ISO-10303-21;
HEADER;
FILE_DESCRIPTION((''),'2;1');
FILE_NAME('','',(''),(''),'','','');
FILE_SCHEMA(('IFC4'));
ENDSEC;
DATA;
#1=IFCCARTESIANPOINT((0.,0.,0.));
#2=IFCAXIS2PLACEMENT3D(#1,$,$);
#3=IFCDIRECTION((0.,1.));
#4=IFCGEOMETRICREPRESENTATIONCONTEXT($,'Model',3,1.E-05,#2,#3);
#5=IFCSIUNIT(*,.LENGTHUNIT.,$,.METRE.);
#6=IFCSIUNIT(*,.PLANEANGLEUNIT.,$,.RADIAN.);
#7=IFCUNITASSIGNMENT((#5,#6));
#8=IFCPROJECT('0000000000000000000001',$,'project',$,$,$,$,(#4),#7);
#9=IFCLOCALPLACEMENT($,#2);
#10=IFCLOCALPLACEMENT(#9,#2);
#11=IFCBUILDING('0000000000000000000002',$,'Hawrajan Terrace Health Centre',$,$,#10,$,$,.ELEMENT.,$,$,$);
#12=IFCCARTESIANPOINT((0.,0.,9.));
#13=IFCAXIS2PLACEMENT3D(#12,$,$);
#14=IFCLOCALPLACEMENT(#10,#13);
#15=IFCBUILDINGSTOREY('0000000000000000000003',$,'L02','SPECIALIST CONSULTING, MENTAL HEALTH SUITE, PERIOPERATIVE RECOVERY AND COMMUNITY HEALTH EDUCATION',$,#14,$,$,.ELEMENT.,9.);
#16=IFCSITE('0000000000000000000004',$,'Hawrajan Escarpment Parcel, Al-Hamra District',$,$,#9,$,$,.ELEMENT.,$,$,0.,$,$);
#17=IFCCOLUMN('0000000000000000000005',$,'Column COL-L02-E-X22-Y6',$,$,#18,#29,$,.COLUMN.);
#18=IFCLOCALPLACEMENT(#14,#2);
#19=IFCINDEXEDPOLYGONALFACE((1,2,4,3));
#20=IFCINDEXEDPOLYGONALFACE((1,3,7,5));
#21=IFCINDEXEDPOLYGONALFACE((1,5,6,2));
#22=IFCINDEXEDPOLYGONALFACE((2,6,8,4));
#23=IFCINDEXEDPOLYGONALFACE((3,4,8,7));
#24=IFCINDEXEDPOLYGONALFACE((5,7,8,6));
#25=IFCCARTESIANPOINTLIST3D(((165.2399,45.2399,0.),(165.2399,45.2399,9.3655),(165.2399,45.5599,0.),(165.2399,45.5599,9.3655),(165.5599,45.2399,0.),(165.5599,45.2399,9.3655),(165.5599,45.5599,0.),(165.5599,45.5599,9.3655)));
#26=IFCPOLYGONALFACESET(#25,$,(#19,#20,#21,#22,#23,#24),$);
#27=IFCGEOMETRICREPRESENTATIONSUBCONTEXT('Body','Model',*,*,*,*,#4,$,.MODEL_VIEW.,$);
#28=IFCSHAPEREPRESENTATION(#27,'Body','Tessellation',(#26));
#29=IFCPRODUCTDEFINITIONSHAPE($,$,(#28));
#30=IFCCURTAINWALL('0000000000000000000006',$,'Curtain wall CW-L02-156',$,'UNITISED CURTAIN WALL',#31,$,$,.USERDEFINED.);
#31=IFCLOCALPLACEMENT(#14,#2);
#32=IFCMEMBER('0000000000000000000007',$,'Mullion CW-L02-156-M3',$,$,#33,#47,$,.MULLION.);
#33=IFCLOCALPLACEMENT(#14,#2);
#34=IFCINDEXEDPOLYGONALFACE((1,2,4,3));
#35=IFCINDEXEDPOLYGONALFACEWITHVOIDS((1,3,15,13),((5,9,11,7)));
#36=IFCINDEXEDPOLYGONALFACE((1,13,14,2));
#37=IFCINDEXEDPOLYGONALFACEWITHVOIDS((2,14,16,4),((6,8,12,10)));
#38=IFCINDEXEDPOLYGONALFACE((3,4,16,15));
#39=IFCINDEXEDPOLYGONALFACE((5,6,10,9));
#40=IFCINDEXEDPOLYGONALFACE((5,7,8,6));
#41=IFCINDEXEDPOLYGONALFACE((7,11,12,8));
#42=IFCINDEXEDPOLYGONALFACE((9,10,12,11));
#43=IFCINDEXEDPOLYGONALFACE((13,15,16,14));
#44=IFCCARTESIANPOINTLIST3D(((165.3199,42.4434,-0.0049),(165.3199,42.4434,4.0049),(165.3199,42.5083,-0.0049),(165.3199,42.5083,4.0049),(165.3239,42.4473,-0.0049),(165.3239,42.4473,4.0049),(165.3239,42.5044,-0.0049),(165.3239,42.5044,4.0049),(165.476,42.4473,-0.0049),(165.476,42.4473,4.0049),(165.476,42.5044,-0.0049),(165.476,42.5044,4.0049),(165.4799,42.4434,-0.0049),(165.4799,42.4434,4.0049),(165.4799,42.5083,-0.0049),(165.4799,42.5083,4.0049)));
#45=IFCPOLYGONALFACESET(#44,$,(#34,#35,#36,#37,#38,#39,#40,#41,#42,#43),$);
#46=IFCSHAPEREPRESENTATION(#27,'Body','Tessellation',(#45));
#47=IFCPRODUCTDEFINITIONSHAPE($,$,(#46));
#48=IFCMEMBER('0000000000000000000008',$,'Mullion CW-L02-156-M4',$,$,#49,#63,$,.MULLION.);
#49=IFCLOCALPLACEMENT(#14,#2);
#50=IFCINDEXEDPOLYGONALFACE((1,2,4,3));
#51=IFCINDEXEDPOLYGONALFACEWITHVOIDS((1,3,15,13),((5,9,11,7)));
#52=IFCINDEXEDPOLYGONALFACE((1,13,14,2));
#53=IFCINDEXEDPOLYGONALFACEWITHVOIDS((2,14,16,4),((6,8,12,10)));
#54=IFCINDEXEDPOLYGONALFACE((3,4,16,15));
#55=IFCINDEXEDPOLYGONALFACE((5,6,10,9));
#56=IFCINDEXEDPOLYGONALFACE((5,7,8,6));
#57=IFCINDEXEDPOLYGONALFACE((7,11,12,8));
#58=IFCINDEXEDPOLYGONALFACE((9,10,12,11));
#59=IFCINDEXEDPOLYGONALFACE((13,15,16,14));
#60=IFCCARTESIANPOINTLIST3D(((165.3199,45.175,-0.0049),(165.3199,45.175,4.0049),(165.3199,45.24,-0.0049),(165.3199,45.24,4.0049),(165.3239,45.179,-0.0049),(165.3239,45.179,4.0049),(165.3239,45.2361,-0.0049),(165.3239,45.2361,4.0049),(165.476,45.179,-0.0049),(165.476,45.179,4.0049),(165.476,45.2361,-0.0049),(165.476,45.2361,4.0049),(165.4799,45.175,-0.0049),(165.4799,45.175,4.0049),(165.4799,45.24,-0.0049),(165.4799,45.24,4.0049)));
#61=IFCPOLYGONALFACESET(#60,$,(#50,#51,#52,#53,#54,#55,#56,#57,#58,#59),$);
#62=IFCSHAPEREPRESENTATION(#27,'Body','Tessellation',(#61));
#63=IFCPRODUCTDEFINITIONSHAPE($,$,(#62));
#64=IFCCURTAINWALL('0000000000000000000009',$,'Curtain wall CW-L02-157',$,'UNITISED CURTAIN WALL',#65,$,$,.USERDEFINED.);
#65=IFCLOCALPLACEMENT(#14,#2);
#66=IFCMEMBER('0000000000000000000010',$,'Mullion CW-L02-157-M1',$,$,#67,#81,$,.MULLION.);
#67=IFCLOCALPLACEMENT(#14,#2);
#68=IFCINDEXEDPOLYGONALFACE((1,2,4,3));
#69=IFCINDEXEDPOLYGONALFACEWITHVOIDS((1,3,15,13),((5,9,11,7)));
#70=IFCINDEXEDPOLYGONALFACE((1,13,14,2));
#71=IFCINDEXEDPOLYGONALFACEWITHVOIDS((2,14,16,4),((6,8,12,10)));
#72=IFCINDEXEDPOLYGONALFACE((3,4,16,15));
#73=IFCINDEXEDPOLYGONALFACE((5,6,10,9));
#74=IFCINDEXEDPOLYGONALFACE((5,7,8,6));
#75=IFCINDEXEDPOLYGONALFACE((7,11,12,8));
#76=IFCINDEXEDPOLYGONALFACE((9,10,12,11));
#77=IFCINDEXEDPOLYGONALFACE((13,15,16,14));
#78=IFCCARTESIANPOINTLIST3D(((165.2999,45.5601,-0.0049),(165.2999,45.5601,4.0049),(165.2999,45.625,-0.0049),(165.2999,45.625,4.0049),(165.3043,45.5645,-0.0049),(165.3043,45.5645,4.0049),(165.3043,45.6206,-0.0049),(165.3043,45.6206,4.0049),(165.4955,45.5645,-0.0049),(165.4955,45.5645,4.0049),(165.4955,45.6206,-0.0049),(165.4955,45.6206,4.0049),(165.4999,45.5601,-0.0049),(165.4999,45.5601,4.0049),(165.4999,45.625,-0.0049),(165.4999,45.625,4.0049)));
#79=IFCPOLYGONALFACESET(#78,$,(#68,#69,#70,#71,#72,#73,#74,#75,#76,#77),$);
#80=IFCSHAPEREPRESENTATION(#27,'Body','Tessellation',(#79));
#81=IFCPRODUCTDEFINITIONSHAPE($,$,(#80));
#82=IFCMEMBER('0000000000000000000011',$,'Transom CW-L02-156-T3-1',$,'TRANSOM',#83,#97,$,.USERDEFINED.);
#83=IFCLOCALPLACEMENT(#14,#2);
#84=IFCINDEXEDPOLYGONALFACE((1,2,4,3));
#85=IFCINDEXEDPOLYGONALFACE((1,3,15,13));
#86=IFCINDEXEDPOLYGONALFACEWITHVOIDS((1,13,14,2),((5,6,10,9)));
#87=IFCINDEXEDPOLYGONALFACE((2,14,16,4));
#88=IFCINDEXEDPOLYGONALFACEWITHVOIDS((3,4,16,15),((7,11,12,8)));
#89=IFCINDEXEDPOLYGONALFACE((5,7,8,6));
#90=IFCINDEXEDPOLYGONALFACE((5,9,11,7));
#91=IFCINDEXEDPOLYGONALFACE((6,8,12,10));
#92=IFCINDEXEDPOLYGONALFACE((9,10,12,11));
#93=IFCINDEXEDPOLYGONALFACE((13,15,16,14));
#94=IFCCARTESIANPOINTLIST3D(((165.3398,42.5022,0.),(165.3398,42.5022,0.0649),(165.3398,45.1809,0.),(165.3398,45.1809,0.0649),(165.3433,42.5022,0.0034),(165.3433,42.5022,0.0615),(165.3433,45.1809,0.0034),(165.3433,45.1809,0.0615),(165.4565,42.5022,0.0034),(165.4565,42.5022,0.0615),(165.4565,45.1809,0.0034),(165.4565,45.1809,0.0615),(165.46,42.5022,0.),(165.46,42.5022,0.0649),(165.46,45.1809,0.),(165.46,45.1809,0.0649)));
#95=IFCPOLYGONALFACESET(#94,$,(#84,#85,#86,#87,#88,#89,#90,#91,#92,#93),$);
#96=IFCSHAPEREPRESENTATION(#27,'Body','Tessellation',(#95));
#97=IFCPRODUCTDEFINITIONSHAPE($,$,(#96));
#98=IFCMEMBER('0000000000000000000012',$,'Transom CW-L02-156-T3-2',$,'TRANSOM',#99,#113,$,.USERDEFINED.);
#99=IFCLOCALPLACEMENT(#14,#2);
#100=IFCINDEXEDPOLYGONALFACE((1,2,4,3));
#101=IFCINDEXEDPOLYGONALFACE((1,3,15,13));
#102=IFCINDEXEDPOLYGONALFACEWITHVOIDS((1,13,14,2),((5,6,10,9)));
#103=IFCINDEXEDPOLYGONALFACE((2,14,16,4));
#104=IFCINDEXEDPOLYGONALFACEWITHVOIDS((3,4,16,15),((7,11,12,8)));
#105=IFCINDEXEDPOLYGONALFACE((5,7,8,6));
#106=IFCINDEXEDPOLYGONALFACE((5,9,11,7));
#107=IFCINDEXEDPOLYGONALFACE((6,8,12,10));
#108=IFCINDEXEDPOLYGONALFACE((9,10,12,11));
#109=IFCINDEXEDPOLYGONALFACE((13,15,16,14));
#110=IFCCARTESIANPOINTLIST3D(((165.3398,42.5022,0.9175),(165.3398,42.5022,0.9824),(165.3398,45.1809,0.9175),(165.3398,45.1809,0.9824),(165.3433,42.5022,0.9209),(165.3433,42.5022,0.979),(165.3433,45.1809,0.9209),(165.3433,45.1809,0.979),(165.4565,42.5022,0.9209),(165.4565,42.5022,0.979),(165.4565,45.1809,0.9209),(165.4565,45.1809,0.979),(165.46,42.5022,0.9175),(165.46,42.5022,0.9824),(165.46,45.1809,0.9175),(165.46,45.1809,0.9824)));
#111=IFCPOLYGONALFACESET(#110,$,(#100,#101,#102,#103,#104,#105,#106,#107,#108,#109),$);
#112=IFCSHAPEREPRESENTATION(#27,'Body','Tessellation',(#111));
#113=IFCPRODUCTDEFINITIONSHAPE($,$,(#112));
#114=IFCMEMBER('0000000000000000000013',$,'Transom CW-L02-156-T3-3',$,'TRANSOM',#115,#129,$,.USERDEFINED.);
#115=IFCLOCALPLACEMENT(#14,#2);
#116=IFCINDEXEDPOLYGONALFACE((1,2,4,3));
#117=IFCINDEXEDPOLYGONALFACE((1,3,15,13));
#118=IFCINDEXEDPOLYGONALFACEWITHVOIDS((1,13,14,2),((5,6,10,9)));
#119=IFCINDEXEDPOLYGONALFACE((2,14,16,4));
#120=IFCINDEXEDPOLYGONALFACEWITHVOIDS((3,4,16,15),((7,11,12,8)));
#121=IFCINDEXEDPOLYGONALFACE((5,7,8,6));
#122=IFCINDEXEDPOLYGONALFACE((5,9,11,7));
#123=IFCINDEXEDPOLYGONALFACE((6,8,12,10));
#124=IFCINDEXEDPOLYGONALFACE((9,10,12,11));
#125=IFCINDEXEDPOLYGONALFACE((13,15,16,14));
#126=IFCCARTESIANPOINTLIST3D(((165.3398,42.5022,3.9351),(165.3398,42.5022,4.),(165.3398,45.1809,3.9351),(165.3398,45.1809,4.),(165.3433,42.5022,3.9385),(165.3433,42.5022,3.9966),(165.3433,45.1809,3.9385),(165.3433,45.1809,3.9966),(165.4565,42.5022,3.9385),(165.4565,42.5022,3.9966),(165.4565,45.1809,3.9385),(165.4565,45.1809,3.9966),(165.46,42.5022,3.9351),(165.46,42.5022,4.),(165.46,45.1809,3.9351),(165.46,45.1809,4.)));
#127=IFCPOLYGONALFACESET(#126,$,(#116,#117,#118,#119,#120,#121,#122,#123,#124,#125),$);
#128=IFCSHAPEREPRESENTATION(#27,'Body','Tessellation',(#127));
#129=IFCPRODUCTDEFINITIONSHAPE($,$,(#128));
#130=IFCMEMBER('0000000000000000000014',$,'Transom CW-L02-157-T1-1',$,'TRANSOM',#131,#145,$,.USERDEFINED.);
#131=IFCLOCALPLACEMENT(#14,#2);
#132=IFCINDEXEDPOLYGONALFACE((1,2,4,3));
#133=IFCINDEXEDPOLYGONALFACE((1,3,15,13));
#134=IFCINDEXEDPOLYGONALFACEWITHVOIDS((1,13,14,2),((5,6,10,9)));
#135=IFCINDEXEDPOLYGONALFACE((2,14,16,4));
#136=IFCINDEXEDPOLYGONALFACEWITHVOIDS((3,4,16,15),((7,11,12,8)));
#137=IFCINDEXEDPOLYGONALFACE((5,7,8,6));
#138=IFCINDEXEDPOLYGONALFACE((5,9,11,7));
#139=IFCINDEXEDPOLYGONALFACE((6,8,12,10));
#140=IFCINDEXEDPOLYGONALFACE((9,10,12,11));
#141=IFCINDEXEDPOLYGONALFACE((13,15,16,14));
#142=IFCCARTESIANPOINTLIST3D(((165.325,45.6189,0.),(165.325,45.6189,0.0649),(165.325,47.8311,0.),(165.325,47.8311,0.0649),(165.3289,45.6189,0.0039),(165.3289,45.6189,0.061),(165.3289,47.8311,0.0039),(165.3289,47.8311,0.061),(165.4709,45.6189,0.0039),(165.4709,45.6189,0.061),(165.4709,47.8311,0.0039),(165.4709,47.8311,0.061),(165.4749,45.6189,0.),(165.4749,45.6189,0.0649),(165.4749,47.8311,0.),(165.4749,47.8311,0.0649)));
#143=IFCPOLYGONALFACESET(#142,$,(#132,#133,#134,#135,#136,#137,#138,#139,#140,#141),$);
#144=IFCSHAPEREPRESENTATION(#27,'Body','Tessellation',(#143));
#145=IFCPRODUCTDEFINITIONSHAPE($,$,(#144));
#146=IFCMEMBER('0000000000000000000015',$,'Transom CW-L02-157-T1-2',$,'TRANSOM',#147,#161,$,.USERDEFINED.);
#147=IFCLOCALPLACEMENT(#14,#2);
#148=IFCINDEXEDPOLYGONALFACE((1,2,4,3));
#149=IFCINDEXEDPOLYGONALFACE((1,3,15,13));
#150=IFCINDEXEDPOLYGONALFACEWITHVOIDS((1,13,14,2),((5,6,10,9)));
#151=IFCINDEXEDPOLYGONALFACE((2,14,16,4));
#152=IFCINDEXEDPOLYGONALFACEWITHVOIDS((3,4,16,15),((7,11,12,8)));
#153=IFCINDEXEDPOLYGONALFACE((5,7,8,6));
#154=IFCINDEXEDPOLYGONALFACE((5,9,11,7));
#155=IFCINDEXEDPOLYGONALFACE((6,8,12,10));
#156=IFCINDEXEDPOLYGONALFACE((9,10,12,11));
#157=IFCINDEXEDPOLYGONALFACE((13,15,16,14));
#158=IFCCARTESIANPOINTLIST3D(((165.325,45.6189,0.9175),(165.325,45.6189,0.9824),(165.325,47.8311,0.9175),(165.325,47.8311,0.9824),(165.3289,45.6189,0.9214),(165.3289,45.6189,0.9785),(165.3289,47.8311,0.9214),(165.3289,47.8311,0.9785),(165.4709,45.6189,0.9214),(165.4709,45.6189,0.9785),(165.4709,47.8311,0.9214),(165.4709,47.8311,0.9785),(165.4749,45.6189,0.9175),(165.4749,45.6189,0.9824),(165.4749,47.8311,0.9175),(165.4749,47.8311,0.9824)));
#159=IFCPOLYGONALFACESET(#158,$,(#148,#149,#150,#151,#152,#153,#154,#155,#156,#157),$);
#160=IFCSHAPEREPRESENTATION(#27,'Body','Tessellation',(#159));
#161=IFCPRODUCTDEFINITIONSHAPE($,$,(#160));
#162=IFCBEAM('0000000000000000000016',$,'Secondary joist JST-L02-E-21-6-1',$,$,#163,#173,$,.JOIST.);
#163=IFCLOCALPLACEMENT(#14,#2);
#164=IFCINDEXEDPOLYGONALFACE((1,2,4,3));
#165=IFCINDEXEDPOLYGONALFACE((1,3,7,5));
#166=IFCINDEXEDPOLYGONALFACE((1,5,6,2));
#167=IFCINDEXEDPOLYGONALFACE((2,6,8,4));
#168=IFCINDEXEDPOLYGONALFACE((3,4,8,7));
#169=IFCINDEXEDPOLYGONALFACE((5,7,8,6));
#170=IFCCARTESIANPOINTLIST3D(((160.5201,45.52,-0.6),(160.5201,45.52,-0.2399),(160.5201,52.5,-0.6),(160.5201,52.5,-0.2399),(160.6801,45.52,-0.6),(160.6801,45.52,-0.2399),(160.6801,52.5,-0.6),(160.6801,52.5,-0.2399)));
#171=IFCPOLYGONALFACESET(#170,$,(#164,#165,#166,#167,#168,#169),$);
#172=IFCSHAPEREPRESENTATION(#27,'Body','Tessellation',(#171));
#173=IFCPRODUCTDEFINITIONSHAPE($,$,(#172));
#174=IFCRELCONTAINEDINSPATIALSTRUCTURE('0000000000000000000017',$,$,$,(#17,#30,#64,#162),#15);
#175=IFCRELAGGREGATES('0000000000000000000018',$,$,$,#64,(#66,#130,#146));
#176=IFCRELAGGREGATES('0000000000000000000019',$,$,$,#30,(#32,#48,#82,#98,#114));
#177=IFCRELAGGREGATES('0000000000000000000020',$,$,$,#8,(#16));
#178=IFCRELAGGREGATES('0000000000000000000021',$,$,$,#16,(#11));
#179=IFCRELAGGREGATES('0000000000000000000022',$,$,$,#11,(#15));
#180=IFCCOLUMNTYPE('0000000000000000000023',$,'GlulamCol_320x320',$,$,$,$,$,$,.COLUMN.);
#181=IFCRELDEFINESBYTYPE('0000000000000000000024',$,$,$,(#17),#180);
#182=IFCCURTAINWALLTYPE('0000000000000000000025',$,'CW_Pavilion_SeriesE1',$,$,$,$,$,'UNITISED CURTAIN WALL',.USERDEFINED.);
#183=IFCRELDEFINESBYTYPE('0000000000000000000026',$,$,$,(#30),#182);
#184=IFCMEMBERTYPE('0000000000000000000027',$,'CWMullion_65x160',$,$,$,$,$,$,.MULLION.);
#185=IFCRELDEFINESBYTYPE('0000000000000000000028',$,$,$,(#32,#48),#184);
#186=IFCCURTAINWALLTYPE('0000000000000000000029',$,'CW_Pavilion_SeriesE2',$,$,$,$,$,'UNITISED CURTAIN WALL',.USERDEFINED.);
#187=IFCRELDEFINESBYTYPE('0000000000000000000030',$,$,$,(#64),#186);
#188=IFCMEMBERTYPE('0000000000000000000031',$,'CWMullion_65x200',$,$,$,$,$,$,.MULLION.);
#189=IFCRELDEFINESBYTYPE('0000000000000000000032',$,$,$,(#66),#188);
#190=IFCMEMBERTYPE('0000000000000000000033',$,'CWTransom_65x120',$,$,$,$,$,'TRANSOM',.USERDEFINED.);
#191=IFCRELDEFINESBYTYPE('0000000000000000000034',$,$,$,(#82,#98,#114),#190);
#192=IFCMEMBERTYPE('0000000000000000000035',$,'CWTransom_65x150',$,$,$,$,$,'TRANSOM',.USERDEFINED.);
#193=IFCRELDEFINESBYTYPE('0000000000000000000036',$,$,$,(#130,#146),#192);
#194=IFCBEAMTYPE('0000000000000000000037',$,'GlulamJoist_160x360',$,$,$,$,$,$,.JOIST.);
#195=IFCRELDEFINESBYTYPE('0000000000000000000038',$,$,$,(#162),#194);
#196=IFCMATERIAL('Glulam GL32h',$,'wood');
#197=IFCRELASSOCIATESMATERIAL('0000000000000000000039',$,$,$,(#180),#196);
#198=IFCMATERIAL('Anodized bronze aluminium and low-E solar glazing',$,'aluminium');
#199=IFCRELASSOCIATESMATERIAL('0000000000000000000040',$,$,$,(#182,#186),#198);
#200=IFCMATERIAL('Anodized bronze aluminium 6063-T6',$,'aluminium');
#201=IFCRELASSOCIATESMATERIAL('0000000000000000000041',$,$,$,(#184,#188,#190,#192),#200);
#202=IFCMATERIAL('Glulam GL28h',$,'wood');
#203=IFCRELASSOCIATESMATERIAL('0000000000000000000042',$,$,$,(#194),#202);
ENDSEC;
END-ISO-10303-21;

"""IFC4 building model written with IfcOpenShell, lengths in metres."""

from ifc_helpers import new_model, si_unit, direction, frame, origin, origin_2d, place, context, subcontext, project, spatial, rectangle, hollow_rectangle, extrude, material, material_profile, profile_set, type_object, element, aggregate, save


model = new_model("IFC4")

# Units and contexts
model_context = context("Model", 3, precision=1e-05, world=origin(), true_north=direction((0.0, 1.0)))
body_context = subcontext(model_context, "Body", "Model", "MODEL_VIEW")
ifc_project = project(units=[si_unit("LENGTHUNIT", "METRE"), si_unit("PLANEANGLEUNIT", "RADIAN")], contexts=[model_context])

# Site, building, storey
site_placement = place(None, origin())
site = spatial("IfcSite", under=ifc_project, at=site_placement, Name="Hawrajan Escarpment Parcel, Al-Hamra District", CompositionType="ELEMENT", RefElevation=0.0)
building_placement = place(site_placement, origin())
building = spatial("IfcBuilding", under=site, at=building_placement, Name="Hawrajan Terrace Health Centre", CompositionType="ELEMENT")
storey_placement = place(building_placement, frame((0.0, 0.0, 9.0)))
storey = spatial("IfcBuildingStorey", under=building, at=storey_placement, Name="L02", Description="SPECIALIST CONSULTING, MENTAL HEALTH SUITE, PERIOPERATIVE RECOVERY AND COMMUNITY HEALTH EDUCATION", CompositionType="ELEMENT", Elevation=9.0)

# Column
ifc_material_1 = material(Name="Glulam GL32h", Category="wood")
ifc_material_profile_1 = material_profile(ifc_material_1, rectangle(XDim=0.3201, YDim=0.3201, at=origin_2d()), Name="GL 320x320")
ifc_profile_set_1 = profile_set([ifc_material_profile_1], Name="Glulam GL32h")
column_type = type_object("IfcColumnType", Name="GlulamCol_320x320", PredefinedType="COLUMN", material=ifc_profile_set_1)
column_placement = place(storey_placement, frame((165.3999, 45.3999, 0.0), z_axis=(0.0, 0.0, 1.0), x_axis=(1.0, 0.0, 0.0)))
element("IfcColumn", 1, at=column_placement, inside=storey, type_object=column_type, Name="Column COL-L02-E-X22-Y6", PredefinedType="COLUMN", context=body_context, shape_type="SweptSolid", body=[
    extrude(rectangle(XDim=0.3201, YDim=0.3201, at=origin_2d()), origin(), (0.0, 0.0, 1.0), 9.3655),
])

# Curtain wall, members
ifc_material_2 = material(Name="Anodized bronze aluminium and low-E solar glazing", Category="aluminium")
curtain_wall_type_1 = type_object("IfcCurtainWallType", Name="CW_Pavilion_SeriesE1", ElementType="UNITISED CURTAIN WALL", PredefinedType="USERDEFINED", material=ifc_material_2)
curtain_wall_1_placement = place(storey_placement, origin())
curtain_wall_1 = element("IfcCurtainWall", 2, at=curtain_wall_1_placement, inside=storey, type_object=curtain_wall_type_1, Name="Curtain wall CW-L02-156", ObjectType="UNITISED CURTAIN WALL", PredefinedType="USERDEFINED")
ifc_material_3 = material(Name="Anodized bronze aluminium 6063-T6", Category="aluminium")
ifc_material_profile_2 = material_profile(ifc_material_3, hollow_rectangle(XDim=0.0649, YDim=0.1599, WallThickness=0.0039, at=origin_2d()), Name="CW MUL 65x160")
ifc_profile_set_2 = profile_set([ifc_material_profile_2], Name="Anodized bronze aluminium 6063-T6")
member_type_1 = type_object("IfcMemberType", Name="CWMullion_65x160", PredefinedType="MULLION", material=ifc_profile_set_2)
member_1_placement = place(storey_placement, frame((165.3999, 42.4758, -0.0049), z_axis=(0.0, 0.0, 1.0), x_axis=(0.0, 1.0, 0.0)))
member_1 = element("IfcMember", 3, at=member_1_placement, type_object=member_type_1, Name="Mullion CW-L02-156-M3", PredefinedType="MULLION", context=body_context, shape_type="SweptSolid", body=[
    extrude(hollow_rectangle(XDim=0.0649, YDim=0.1599, WallThickness=0.0039, at=origin_2d()), origin(), (0.0, 0.0, 1.0), 4.0098),
])
member_2_placement = place(storey_placement, frame((165.3999, 45.2075, -0.0049), z_axis=(0.0, 0.0, 1.0), x_axis=(0.0, 1.0, 0.0)))
member_2 = element("IfcMember", 4, at=member_2_placement, type_object=member_type_1, Name="Mullion CW-L02-156-M4", PredefinedType="MULLION", context=body_context, shape_type="SweptSolid", body=[
    extrude(hollow_rectangle(XDim=0.0649, YDim=0.1599, WallThickness=0.0039, at=origin_2d()), origin(), (0.0, 0.0, 1.0), 4.0098),
])

# Curtain wall, member
curtain_wall_type_2 = type_object("IfcCurtainWallType", Name="CW_Pavilion_SeriesE2", ElementType="UNITISED CURTAIN WALL", PredefinedType="USERDEFINED", material=ifc_material_2)
curtain_wall_2_placement = place(storey_placement, origin())
curtain_wall_2 = element("IfcCurtainWall", 5, at=curtain_wall_2_placement, inside=storey, type_object=curtain_wall_type_2, Name="Curtain wall CW-L02-157", ObjectType="UNITISED CURTAIN WALL", PredefinedType="USERDEFINED")
ifc_material_profile_3 = material_profile(ifc_material_3, hollow_rectangle(XDim=0.0649, YDim=0.2, WallThickness=0.0044, at=origin_2d()), Name="CW MUL 65x200")
ifc_profile_set_3 = profile_set([ifc_material_profile_3], Name="Anodized bronze aluminium 6063-T6")
member_type_2 = type_object("IfcMemberType", Name="CWMullion_65x200", PredefinedType="MULLION", material=ifc_profile_set_3)
member_3_placement = place(storey_placement, frame((165.3999, 45.5925, -0.0049), z_axis=(0.0, 0.0, 1.0), x_axis=(0.0, 1.0, 0.0)))
member_3 = element("IfcMember", 6, at=member_3_placement, type_object=member_type_2, Name="Mullion CW-L02-157-M1", PredefinedType="MULLION", context=body_context, shape_type="SweptSolid", body=[
    extrude(hollow_rectangle(XDim=0.0649, YDim=0.2, WallThickness=0.0044, at=origin_2d()), origin(), (0.0, 0.0, 1.0), 4.0098),
])

# Members
ifc_material_profile_4 = material_profile(ifc_material_3, hollow_rectangle(XDim=0.0649, YDim=0.1201, WallThickness=0.0034, at=origin_2d()), Name="CW TRN 65x120")
ifc_profile_set_4 = profile_set([ifc_material_profile_4], Name="Anodized bronze aluminium 6063-T6")
member_type_3 = type_object("IfcMemberType", Name="CWTransom_65x120", ElementType="TRANSOM", PredefinedType="USERDEFINED", material=ifc_profile_set_4)
member_4_placement = place(storey_placement, frame((165.3999, 42.5022, 0.0325), z_axis=(0.0, 1.0, 0.0), x_axis=(0.0, 0.0, 1.0)))
member_4 = element("IfcMember", 7, at=member_4_placement, type_object=member_type_3, Name="Transom CW-L02-156-T3-1", ObjectType="TRANSOM", PredefinedType="USERDEFINED", context=body_context, shape_type="SweptSolid", body=[
    extrude(hollow_rectangle(XDim=0.0649, YDim=0.1201, WallThickness=0.0034, at=origin_2d()), origin(), (0.0, 0.0, 1.0), 2.6787),
])
member_5_placement = place(storey_placement, frame((165.3999, 42.5022, 0.95), z_axis=(0.0, 1.0, 0.0), x_axis=(0.0, 0.0, 1.0)))
member_5 = element("IfcMember", 8, at=member_5_placement, type_object=member_type_3, Name="Transom CW-L02-156-T3-2", ObjectType="TRANSOM", PredefinedType="USERDEFINED", context=body_context, shape_type="SweptSolid", body=[
    extrude(hollow_rectangle(XDim=0.0649, YDim=0.1201, WallThickness=0.0034, at=origin_2d()), origin(), (0.0, 0.0, 1.0), 2.6787),
])
member_6_placement = place(storey_placement, frame((165.3999, 42.5022, 3.9675), z_axis=(0.0, 1.0, 0.0), x_axis=(0.0, 0.0, 1.0)))
member_6 = element("IfcMember", 9, at=member_6_placement, type_object=member_type_3, Name="Transom CW-L02-156-T3-3", ObjectType="TRANSOM", PredefinedType="USERDEFINED", context=body_context, shape_type="SweptSolid", body=[
    extrude(hollow_rectangle(XDim=0.0649, YDim=0.1201, WallThickness=0.0034, at=origin_2d()), origin(), (0.0, 0.0, 1.0), 2.6787),
])
ifc_material_profile_5 = material_profile(ifc_material_3, hollow_rectangle(XDim=0.0649, YDim=0.1499, WallThickness=0.0039, at=origin_2d()), Name="CW TRN 65x150")
ifc_profile_set_5 = profile_set([ifc_material_profile_5], Name="Anodized bronze aluminium 6063-T6")
member_type_4 = type_object("IfcMemberType", Name="CWTransom_65x150", ElementType="TRANSOM", PredefinedType="USERDEFINED", material=ifc_profile_set_5)
member_7_placement = place(storey_placement, frame((165.3999, 45.6189, 0.0325), z_axis=(0.0, 1.0, 0.0), x_axis=(0.0, 0.0, 1.0)))
member_7 = element("IfcMember", 10, at=member_7_placement, type_object=member_type_4, Name="Transom CW-L02-157-T1-1", ObjectType="TRANSOM", PredefinedType="USERDEFINED", context=body_context, shape_type="SweptSolid", body=[
    extrude(hollow_rectangle(XDim=0.0649, YDim=0.1499, WallThickness=0.0039, at=origin_2d()), origin(), (0.0, 0.0, 1.0), 2.2122),
])
member_8_placement = place(storey_placement, frame((165.3999, 45.6189, 0.95), z_axis=(0.0, 1.0, 0.0), x_axis=(0.0, 0.0, 1.0)))
member_8 = element("IfcMember", 11, at=member_8_placement, type_object=member_type_4, Name="Transom CW-L02-157-T1-2", ObjectType="TRANSOM", PredefinedType="USERDEFINED", context=body_context, shape_type="SweptSolid", body=[
    extrude(hollow_rectangle(XDim=0.0649, YDim=0.1499, WallThickness=0.0039, at=origin_2d()), origin(), (0.0, 0.0, 1.0), 2.2122),
])
aggregate(curtain_wall_2, [member_3, member_7, member_8])

# Beam
ifc_material_4 = material(Name="Glulam GL28h", Category="wood")
ifc_material_profile_6 = material_profile(ifc_material_4, rectangle(XDim=0.1599, YDim=0.3601, at=origin_2d()), Name="GL JST 160x360")
ifc_profile_set_6 = profile_set([ifc_material_profile_6], Name="Glulam GL28h")
beam_type_1 = type_object("IfcBeamType", Name="GlulamJoist_160x360", PredefinedType="JOIST", material=ifc_profile_set_6)
beam_1_placement = place(storey_placement, frame((160.6001, 45.52, -0.4199), z_axis=(0.0, 1.0, 0.0), x_axis=(-1.0, 0.0, 0.0)))
element("IfcBeam", 12, at=beam_1_placement, inside=storey, type_object=beam_type_1, Name="Secondary joist JST-L02-E-21-6-1", PredefinedType="JOIST", context=body_context, shape_type="SweptSolid", body=[
    extrude(rectangle(XDim=0.1599, YDim=0.3601, at=origin_2d()), origin(), (0.0, 0.0, 1.0), 6.98),
])

aggregate(curtain_wall_1, [member_1, member_2, member_4, member_5, member_6])

save(model, "model.ifc")
